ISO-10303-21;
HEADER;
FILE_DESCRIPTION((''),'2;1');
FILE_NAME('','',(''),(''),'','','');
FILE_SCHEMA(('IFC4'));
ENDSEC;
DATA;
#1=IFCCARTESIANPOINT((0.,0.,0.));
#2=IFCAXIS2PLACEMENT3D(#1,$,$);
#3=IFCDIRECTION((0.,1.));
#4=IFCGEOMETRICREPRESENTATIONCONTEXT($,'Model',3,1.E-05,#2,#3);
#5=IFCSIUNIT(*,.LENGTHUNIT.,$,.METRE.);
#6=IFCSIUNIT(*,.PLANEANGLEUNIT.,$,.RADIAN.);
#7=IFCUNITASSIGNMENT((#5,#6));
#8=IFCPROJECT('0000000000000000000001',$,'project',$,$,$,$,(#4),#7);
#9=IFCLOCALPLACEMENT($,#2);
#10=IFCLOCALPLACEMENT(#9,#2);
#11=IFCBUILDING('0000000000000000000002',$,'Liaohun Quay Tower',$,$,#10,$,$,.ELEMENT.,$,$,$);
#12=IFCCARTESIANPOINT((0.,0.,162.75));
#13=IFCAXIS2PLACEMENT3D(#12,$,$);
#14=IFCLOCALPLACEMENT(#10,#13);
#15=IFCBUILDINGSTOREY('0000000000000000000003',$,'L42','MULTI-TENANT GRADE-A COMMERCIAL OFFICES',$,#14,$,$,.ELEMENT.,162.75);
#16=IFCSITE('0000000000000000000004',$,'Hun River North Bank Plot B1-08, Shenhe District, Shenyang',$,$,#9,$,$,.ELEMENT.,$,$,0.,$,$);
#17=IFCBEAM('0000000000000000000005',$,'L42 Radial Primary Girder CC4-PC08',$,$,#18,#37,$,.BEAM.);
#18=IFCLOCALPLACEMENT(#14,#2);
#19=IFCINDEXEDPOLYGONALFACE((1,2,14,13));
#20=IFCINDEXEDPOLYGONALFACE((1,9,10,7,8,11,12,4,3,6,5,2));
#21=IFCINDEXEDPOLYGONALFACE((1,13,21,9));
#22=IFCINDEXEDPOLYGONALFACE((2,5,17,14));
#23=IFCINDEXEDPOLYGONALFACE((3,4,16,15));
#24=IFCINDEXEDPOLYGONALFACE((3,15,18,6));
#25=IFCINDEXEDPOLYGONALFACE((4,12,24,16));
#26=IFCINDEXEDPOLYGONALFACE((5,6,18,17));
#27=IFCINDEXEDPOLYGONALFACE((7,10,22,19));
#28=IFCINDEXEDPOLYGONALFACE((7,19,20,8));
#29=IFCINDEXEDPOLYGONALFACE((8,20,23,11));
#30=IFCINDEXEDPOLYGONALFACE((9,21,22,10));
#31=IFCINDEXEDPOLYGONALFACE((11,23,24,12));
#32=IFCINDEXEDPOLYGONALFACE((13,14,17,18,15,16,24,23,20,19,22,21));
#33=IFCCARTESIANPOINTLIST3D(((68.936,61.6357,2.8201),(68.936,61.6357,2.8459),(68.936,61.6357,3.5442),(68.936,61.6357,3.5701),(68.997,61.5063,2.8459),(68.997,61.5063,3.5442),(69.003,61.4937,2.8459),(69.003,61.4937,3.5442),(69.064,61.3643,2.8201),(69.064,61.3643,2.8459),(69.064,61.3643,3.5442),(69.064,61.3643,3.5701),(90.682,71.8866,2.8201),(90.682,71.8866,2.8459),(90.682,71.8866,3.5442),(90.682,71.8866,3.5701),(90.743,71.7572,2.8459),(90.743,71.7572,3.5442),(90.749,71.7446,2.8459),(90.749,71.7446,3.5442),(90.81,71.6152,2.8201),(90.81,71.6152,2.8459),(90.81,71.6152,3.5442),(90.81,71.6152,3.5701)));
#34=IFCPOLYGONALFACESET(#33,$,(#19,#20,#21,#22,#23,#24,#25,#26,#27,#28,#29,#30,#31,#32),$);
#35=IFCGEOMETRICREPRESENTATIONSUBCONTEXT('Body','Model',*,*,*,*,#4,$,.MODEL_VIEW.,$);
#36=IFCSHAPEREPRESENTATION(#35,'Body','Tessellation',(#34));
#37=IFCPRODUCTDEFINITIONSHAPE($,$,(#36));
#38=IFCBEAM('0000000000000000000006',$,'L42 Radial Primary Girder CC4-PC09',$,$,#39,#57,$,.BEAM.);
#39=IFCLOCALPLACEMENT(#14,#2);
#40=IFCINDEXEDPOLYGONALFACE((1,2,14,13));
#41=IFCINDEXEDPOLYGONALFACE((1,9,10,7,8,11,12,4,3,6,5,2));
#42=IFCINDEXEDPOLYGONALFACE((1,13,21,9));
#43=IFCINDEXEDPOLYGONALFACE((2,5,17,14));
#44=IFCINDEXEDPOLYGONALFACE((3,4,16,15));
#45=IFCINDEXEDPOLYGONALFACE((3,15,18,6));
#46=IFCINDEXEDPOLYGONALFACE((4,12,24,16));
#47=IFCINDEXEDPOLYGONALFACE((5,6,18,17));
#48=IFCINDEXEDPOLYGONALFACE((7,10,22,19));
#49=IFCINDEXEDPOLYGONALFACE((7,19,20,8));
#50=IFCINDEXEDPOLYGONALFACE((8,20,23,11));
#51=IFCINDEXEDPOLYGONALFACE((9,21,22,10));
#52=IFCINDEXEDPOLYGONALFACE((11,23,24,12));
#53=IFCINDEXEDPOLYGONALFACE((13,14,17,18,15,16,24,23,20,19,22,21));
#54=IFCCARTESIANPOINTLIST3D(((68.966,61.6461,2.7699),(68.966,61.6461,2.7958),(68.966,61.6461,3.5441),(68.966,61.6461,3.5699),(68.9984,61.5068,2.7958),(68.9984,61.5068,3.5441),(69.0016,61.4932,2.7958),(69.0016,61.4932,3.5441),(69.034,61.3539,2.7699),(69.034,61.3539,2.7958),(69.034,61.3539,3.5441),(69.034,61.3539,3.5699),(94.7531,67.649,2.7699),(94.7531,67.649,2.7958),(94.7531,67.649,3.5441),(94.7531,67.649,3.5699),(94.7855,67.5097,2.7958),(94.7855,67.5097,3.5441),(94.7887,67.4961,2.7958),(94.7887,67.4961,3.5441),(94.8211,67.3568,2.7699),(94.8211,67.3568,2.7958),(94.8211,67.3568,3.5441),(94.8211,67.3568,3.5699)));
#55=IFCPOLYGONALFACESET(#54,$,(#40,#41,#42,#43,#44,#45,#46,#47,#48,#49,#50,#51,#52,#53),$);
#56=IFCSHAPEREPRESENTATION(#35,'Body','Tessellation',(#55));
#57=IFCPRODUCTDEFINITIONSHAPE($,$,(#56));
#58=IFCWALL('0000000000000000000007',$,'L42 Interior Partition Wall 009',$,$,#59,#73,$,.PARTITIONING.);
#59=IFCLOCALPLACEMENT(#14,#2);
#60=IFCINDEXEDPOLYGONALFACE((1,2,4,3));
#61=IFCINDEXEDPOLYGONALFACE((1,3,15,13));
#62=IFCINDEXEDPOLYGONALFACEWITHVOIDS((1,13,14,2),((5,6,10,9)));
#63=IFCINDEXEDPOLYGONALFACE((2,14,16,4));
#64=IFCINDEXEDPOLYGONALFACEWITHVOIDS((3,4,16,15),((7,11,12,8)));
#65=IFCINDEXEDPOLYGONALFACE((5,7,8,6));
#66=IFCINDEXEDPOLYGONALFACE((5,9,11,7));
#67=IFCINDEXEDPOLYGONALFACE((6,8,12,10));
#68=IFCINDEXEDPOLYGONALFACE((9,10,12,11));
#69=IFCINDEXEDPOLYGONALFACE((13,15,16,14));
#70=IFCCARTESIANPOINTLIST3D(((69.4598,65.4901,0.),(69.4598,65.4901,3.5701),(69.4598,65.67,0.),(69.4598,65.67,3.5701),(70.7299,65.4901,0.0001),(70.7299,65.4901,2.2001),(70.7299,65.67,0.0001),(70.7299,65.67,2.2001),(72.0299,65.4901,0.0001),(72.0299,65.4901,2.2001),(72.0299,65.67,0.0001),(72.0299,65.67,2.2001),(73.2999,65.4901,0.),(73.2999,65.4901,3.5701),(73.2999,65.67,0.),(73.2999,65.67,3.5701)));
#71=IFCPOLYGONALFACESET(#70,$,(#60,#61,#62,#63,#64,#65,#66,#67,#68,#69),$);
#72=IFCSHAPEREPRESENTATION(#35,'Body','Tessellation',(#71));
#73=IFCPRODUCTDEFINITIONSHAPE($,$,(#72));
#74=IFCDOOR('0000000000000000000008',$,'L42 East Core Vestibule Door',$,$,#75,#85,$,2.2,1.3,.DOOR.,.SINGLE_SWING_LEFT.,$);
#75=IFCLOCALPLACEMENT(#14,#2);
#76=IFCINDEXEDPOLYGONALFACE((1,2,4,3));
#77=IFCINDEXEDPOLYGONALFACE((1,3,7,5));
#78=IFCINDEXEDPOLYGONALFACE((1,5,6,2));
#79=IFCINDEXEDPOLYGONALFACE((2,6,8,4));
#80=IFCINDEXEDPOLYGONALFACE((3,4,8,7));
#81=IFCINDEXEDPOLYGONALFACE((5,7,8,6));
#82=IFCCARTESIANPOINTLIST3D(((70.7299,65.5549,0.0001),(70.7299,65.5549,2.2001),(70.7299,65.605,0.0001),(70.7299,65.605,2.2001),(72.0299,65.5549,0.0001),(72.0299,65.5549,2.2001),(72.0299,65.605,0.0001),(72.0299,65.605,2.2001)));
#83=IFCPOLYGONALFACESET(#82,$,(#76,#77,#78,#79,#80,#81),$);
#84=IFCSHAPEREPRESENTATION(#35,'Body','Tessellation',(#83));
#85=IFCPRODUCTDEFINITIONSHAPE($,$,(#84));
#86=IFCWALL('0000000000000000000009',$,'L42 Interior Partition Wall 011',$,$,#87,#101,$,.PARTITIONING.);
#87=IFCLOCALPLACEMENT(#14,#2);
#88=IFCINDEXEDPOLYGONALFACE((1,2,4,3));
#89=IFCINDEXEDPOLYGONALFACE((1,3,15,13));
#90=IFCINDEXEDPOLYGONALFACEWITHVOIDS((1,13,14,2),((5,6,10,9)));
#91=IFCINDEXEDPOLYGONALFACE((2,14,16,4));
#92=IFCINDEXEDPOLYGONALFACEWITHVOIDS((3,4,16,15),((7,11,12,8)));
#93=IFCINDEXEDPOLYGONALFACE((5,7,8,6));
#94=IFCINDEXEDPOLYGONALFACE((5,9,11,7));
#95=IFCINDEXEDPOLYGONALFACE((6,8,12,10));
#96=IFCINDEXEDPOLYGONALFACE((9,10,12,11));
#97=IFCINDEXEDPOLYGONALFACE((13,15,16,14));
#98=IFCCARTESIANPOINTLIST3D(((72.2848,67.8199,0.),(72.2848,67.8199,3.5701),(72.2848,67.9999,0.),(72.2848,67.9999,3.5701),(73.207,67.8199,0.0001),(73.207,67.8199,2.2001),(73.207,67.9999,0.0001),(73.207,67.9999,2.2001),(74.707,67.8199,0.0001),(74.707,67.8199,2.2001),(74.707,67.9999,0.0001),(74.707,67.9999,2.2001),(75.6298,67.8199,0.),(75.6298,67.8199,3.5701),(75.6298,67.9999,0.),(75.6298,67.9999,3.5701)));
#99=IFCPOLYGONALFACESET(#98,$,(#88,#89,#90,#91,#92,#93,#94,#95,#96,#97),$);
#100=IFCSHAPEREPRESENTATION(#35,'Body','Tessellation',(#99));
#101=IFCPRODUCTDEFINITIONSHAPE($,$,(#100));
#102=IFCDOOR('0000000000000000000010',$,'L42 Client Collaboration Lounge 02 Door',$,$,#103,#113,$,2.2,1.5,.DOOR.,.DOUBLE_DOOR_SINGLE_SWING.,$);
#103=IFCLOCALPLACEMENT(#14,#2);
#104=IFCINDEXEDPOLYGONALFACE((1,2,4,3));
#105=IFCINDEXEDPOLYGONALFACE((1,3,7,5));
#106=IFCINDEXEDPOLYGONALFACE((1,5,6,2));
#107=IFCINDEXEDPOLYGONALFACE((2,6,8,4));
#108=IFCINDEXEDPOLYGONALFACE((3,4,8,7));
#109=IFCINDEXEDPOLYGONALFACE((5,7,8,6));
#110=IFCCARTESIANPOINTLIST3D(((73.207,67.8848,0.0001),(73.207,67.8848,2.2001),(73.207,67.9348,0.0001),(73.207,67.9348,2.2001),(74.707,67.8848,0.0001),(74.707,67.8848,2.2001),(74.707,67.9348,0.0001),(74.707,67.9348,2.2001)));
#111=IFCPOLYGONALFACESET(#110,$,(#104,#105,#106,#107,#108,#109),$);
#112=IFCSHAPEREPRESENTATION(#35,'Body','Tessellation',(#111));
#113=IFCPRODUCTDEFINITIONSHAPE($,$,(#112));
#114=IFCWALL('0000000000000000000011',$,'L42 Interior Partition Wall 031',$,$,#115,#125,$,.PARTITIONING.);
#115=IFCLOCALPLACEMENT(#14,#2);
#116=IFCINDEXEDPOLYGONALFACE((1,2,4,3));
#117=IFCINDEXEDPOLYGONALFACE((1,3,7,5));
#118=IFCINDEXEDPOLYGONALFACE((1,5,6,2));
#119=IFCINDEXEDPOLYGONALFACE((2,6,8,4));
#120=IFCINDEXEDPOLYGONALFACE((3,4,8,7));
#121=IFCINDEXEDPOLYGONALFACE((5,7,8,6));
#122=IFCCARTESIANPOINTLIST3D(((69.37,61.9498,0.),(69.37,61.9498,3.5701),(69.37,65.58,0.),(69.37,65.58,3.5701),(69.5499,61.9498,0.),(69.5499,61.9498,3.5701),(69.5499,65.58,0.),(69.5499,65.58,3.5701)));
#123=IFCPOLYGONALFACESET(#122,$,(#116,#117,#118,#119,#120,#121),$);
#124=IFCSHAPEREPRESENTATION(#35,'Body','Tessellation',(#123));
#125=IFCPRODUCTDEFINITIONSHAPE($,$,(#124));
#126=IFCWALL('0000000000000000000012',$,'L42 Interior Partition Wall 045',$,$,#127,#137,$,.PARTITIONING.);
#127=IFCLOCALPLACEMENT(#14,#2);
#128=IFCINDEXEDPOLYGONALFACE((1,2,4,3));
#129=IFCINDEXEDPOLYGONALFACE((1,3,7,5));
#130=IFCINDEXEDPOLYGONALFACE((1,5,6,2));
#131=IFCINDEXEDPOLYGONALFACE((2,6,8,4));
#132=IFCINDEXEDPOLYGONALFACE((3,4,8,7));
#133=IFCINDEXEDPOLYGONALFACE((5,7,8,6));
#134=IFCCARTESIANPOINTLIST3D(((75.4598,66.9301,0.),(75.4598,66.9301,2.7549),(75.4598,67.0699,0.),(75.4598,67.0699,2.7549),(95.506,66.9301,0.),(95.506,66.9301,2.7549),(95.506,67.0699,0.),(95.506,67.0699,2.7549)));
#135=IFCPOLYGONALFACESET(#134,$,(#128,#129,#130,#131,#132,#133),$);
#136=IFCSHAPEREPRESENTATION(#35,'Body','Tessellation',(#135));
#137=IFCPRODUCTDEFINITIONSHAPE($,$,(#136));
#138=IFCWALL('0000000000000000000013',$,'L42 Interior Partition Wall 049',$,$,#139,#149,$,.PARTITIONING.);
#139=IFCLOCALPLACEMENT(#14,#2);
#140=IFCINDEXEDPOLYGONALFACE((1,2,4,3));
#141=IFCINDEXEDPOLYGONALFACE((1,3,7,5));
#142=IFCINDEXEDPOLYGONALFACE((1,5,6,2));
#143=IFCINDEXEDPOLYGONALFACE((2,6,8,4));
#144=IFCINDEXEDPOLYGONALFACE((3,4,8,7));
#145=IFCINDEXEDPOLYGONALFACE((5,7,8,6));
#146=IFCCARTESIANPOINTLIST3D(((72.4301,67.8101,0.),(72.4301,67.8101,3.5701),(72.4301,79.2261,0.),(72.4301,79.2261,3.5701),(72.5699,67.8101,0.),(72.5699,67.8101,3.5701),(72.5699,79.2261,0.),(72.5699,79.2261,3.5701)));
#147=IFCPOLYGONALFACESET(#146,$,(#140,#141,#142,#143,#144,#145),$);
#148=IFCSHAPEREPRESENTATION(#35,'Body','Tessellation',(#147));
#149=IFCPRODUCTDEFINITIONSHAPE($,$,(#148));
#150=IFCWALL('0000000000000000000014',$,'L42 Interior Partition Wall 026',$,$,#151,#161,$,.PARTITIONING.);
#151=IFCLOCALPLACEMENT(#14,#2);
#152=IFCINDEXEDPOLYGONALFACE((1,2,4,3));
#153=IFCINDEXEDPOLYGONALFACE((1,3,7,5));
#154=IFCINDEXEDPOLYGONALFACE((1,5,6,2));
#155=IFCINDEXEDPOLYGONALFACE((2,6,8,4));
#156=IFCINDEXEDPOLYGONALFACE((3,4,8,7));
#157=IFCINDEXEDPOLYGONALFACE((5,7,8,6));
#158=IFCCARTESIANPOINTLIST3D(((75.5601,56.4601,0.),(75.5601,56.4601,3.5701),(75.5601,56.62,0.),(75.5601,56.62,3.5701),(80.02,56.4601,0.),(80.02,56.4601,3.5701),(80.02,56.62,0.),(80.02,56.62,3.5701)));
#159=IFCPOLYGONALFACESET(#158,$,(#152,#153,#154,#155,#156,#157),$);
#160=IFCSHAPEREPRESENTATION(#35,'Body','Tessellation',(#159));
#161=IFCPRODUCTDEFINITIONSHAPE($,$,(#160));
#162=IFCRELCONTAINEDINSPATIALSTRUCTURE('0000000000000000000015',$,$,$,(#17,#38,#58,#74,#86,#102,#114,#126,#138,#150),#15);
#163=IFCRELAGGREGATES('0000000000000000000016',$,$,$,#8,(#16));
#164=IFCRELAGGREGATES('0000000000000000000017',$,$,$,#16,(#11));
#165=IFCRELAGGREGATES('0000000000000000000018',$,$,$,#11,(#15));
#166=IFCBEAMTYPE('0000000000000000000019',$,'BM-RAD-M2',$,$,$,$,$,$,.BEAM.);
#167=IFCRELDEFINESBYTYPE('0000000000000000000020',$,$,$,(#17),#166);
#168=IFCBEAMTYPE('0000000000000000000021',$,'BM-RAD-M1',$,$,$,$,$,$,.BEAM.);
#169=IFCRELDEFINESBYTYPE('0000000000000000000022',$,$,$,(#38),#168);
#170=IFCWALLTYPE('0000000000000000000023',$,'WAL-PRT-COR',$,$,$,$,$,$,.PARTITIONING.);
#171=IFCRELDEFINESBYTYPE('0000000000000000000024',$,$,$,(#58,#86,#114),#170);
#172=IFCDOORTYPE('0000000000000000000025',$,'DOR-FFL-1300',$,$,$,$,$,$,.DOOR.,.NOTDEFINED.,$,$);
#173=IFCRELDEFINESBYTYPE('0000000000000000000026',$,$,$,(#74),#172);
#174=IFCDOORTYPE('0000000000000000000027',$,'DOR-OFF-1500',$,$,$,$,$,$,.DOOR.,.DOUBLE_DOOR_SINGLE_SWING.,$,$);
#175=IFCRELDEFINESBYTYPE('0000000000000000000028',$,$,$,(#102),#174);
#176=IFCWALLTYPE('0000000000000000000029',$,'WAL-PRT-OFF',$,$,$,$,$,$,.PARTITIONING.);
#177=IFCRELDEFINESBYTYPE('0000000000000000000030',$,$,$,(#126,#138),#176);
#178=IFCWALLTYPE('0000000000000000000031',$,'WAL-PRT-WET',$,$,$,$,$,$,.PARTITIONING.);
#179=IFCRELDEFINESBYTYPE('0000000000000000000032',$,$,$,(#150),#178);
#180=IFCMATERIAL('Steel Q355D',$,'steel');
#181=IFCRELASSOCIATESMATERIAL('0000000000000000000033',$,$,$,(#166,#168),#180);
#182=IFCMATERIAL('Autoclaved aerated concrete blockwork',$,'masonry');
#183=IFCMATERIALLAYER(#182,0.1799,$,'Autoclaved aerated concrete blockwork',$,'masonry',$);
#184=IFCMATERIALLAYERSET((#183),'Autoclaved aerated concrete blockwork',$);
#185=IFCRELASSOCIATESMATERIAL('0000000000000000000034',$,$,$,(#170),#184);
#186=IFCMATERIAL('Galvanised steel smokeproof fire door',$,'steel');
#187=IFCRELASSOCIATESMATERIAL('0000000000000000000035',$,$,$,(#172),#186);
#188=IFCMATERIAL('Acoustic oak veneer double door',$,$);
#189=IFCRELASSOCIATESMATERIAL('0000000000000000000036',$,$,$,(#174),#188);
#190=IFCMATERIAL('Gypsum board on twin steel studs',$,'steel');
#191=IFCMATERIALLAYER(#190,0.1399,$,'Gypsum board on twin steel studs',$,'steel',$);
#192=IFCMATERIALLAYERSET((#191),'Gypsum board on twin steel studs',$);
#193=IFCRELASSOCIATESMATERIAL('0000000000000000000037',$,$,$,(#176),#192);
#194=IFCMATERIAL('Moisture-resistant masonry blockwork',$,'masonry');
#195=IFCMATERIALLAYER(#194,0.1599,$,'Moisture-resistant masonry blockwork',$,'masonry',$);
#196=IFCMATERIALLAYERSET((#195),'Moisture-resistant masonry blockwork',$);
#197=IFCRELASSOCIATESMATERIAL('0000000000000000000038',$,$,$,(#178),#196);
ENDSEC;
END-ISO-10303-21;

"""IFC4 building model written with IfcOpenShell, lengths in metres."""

from ifc_helpers import new_model, si_unit, direction, frame, frame_2d, origin, origin_2d, place, context, subcontext, project, spatial, rectangle, i_section, extrude, source, transform, mapped, material, layer, layer_set, material_profile, profile_set, type_object, element, fill, save


model = new_model("IFC4")

# Units and contexts
model_context = context("Model", 3, precision=1e-05, world=origin(), true_north=direction((0.0, 1.0)))
body_context = subcontext(model_context, "Body", "Model", "MODEL_VIEW")
ifc_project = project(units=[si_unit("LENGTHUNIT", "METRE"), si_unit("PLANEANGLEUNIT", "RADIAN")], contexts=[model_context])

# Site, building, storey
site_placement = place(None, origin())
site = spatial("IfcSite", under=ifc_project, at=site_placement, Name="Hun River North Bank Plot B1-08, Shenhe District, Shenyang", CompositionType="ELEMENT", RefElevation=0.0)
building_placement = place(site_placement, origin())
building = spatial("IfcBuilding", under=site, at=building_placement, Name="Liaohun Quay Tower", CompositionType="ELEMENT")
storey_placement = place(building_placement, frame((0.0, 0.0, 162.75)))
storey = spatial("IfcBuildingStorey", under=building, at=storey_placement, Name="L42", Description="MULTI-TENANT GRADE-A COMMERCIAL OFFICES", CompositionType="ELEMENT", Elevation=162.75)

# Beams
ifc_material_1 = material(Name="Steel Q355D", Category="steel")
ifc_material_profile_1 = material_profile(ifc_material_1, i_section(OverallWidth=0.3, OverallDepth=0.75, WebThickness=0.0139, FlangeThickness=0.0259, at=origin_2d()), Name="HN750x300x14x26")
ifc_profile_set_1 = profile_set([ifc_material_profile_1], Name="Steel Q355D")
beam_type_1 = type_object("IfcBeamType", Name="BM-RAD-M2", PredefinedType="BEAM", material=ifc_profile_set_1)
shared_shape_1 = source(origin(), body_context, "Body", "SweptSolid", [
    extrude(i_section(OverallWidth=0.3, OverallDepth=0.75, WebThickness=0.0139, FlangeThickness=0.0259, at=origin_2d()), origin(), (0.0, 0.0, 1.0), 24.041),
])
beam_1_placement = place(storey_placement, frame((69.0, 61.5, 3.1951), z_axis=(0.904538, 0.426394, 0.0), x_axis=(-0.426394, 0.904538, 0.0)))
element("IfcBeam", 1, at=beam_1_placement, inside=storey, type_object=beam_type_1, Name="L42 Radial Primary Girder CC4-PC08", PredefinedType="BEAM", context=body_context, shape_type="MappedRepresentation", body=[
    mapped(shared_shape_1, transform((0.0, 0.0, 0.0), x_axis=(1.0, 0.0, 0.0), y_axis=(0.0, 1.0, 0.0), z_axis=(0.0, 0.0, 1.0), scale=1.0)),
])
ifc_material_profile_2 = material_profile(ifc_material_1, i_section(OverallWidth=0.3, OverallDepth=0.8, WebThickness=0.0139, FlangeThickness=0.0259, at=origin_2d()), Name="HN800x300x14x26")
ifc_profile_set_2 = profile_set([ifc_material_profile_2], Name="Steel Q355D")
beam_type_2 = type_object("IfcBeamType", Name="BM-RAD-M1", PredefinedType="BEAM", material=ifc_profile_set_2)
shared_shape_2 = source(origin(), body_context, "Body", "SweptSolid", [
    extrude(i_section(OverallWidth=0.3, OverallDepth=0.8, WebThickness=0.0139, FlangeThickness=0.0259, at=origin_2d()), origin(), (0.0, 0.0, 1.0), 26.4766),
])
beam_2_placement = place(storey_placement, frame((69.0, 61.5, 3.1699), z_axis=(0.973959, 0.226726, 0.0), x_axis=(-0.226726, 0.973959, 0.0)))
element("IfcBeam", 2, at=beam_2_placement, inside=storey, type_object=beam_type_2, Name="L42 Radial Primary Girder CC4-PC09", PredefinedType="BEAM", context=body_context, shape_type="MappedRepresentation", body=[
    mapped(shared_shape_2, transform((0.0, 0.0, 0.0), x_axis=(1.0, 0.0, 0.0), y_axis=(0.0, 1.0, 0.0), z_axis=(0.0, 0.0, 1.0), scale=1.0)),
])

# Walls, openings, doors
ifc_material_2 = material(Name="Autoclaved aerated concrete blockwork", Category="masonry")
ifc_layer_1 = layer(ifc_material_2, 0.1799, Name="Autoclaved aerated concrete blockwork", Category="masonry")
ifc_layer_set_1 = layer_set([ifc_layer_1], Name="Autoclaved aerated concrete blockwork")
wall_type_1 = type_object("IfcWallType", Name="WAL-PRT-COR", PredefinedType="PARTITIONING", material=ifc_layer_set_1)
wall_1_placement = place(storey_placement, frame((69.46, 65.5801, 0.0), z_axis=(0.0, 0.0, 1.0), x_axis=(1.0, 0.0, 0.0)))
wall_1 = element("IfcWall", 3, at=wall_1_placement, inside=storey, type_object=wall_type_1, Name="L42 Interior Partition Wall 009", PredefinedType="PARTITIONING", context=body_context, shape_type="SweptSolid", body=[
    extrude(rectangle(XDim=3.8401, YDim=0.1799, at=frame_2d((1.9199, 0.0))), origin(), (0.0, 0.0, 1.0), 3.5701),
])
shared_shape_3 = source(origin(), body_context, "Body", "SweptSolid", [
    extrude(rectangle(XDim=1.3, YDim=2.2, at=frame_2d((0.6499, 1.1001))), frame((0.0, 0.0999, 0.0), z_axis=(0.0, -1.0, 0.0), x_axis=(1.0, 0.0, 0.0)), (0.0, 0.0, 1.0), 0.2),
])
opening_1_placement = place(wall_1_placement, frame((1.27, 0.0, 0.0)))
opening_1 = element("IfcOpeningElement", 4, at=opening_1_placement, cuts=wall_1, PredefinedType="OPENING", context=body_context, shape_type="MappedRepresentation", body=[
    mapped(shared_shape_3, transform((0.0, 0.0, 0.0), x_axis=(1.0, 0.0, 0.0), y_axis=(0.0, 1.0, 0.0), z_axis=(0.0, 0.0, 1.0), scale=1.0)),
])
ifc_material_3 = material(Name="Galvanised steel smokeproof fire door", Category="steel")
door_type_1 = type_object("IfcDoorType", Name="DOR-FFL-1300", OperationType="NOTDEFINED", PredefinedType="DOOR", material=ifc_material_3)
shared_shape_4 = source(origin(), body_context, "Body", "SweptSolid", [
    extrude(rectangle(XDim=1.3, YDim=2.2, at=frame_2d((0.6499, 1.1001))), frame((0.0, 0.0249, 0.0), z_axis=(0.0, -1.0, 0.0), x_axis=(1.0, 0.0, 0.0)), (0.0, 0.0, 1.0), 0.05),
])
door_1_placement = place(opening_1_placement, origin())
door_1 = element("IfcDoor", 5, at=door_1_placement, inside=storey, type_object=door_type_1, Name="L42 East Core Vestibule Door", OperationType="SINGLE_SWING_LEFT", OverallHeight=2.2, OverallWidth=1.3, PredefinedType="DOOR", context=body_context, shape_type="MappedRepresentation", body=[
    mapped(shared_shape_4, transform((0.0, 0.0, 0.0), x_axis=(1.0, 0.0, 0.0), y_axis=(0.0, 1.0, 0.0), z_axis=(0.0, 0.0, 1.0), scale=1.0)),
])
fill(opening_1, door_1)
wall_2_placement = place(storey_placement, frame((72.2849, 67.9099, 0.0), z_axis=(0.0, 0.0, 1.0), x_axis=(1.0, 0.0, 0.0)))
wall_2 = element("IfcWall", 6, at=wall_2_placement, inside=storey, type_object=wall_type_1, Name="L42 Interior Partition Wall 011", PredefinedType="PARTITIONING", context=body_context, shape_type="SweptSolid", body=[
    extrude(rectangle(XDim=3.345, YDim=0.1799, at=frame_2d((1.6724, 0.0))), origin(), (0.0, 0.0, 1.0), 3.5701),
])
shared_shape_5 = source(origin(), body_context, "Body", "SweptSolid", [
    extrude(rectangle(XDim=1.5, YDim=2.2, at=frame_2d((0.75, 1.1001))), frame((0.0, 0.0999, 0.0), z_axis=(0.0, -1.0, 0.0), x_axis=(1.0, 0.0, 0.0)), (0.0, 0.0, 1.0), 0.2),
])
opening_2_placement = place(wall_2_placement, frame((0.9221, 0.0, 0.0)))
opening_2 = element("IfcOpeningElement", 7, at=opening_2_placement, cuts=wall_2, PredefinedType="OPENING", context=body_context, shape_type="MappedRepresentation", body=[
    mapped(shared_shape_5, transform((0.0, 0.0, 0.0), x_axis=(1.0, 0.0, 0.0), y_axis=(0.0, 1.0, 0.0), z_axis=(0.0, 0.0, 1.0), scale=1.0)),
])
ifc_material_4 = material(Name="Acoustic oak veneer double door")
door_type_2 = type_object("IfcDoorType", Name="DOR-OFF-1500", OperationType="DOUBLE_DOOR_SINGLE_SWING", PredefinedType="DOOR", material=ifc_material_4)
shared_shape_6 = source(origin(), body_context, "Body", "SweptSolid", [
    extrude(rectangle(XDim=1.5, YDim=2.2, at=frame_2d((0.75, 1.1001))), frame((0.0, 0.0249, 0.0), z_axis=(0.0, -1.0, 0.0), x_axis=(1.0, 0.0, 0.0)), (0.0, 0.0, 1.0), 0.05),
])
door_2_placement = place(opening_2_placement, origin())
door_2 = element("IfcDoor", 8, at=door_2_placement, inside=storey, type_object=door_type_2, Name="L42 Client Collaboration Lounge 02 Door", OperationType="DOUBLE_DOOR_SINGLE_SWING", OverallHeight=2.2, OverallWidth=1.5, PredefinedType="DOOR", context=body_context, shape_type="MappedRepresentation", body=[
    mapped(shared_shape_6, transform((0.0, 0.0, 0.0), x_axis=(1.0, 0.0, 0.0), y_axis=(0.0, 1.0, 0.0), z_axis=(0.0, 0.0, 1.0), scale=1.0)),
])
fill(opening_2, door_2)

# Walls
wall_3_placement = place(storey_placement, frame((69.46, 61.95, 0.0), z_axis=(0.0, 0.0, 1.0), x_axis=(0.0, 1.0, 0.0)))
element("IfcWall", 9, at=wall_3_placement, inside=storey, type_object=wall_type_1, Name="L42 Interior Partition Wall 031", PredefinedType="PARTITIONING", context=body_context, shape_type="SweptSolid", body=[
    extrude(rectangle(XDim=3.6301, YDim=0.1799, at=frame_2d((1.8149, 0.0))), origin(), (0.0, 0.0, 1.0), 3.5701),
])
ifc_material_5 = material(Name="Gypsum board on twin steel studs", Category="steel")
ifc_layer_2 = layer(ifc_material_5, 0.1399, Name="Gypsum board on twin steel studs", Category="steel")
ifc_layer_set_2 = layer_set([ifc_layer_2], Name="Gypsum board on twin steel studs")
wall_type_2 = type_object("IfcWallType", Name="WAL-PRT-OFF", PredefinedType="PARTITIONING", material=ifc_layer_set_2)
wall_4_placement = place(storey_placement, frame((75.46, 67.0, 0.0), z_axis=(0.0, 0.0, 1.0), x_axis=(1.0, 0.0, 0.0)))
element("IfcWall", 10, at=wall_4_placement, inside=storey, type_object=wall_type_2, Name="L42 Interior Partition Wall 045", PredefinedType="PARTITIONING", context=body_context, shape_type="SweptSolid", body=[
    extrude(rectangle(XDim=20.0461, YDim=0.1399, at=frame_2d((10.0229, 0.0))), origin(), (0.0, 0.0, 1.0), 2.7549),
])
wall_5_placement = place(storey_placement, frame((72.5, 67.8101, 0.0), z_axis=(0.0, 0.0, 1.0), x_axis=(0.0, 1.0, 0.0)))
element("IfcWall", 11, at=wall_5_placement, inside=storey, type_object=wall_type_2, Name="L42 Interior Partition Wall 049", PredefinedType="PARTITIONING", context=body_context, shape_type="SweptSolid", body=[
    extrude(rectangle(XDim=11.416, YDim=0.1399, at=frame_2d((5.708, 0.0))), origin(), (0.0, 0.0, 1.0), 3.5701),
])

# Shared definitions
ifc_material_6 = material(Name="Moisture-resistant masonry blockwork", Category="masonry")
ifc_layer_3 = layer(ifc_material_6, 0.1599, Name="Moisture-resistant masonry blockwork", Category="masonry")
ifc_layer_set_3 = layer_set([ifc_layer_3], Name="Moisture-resistant masonry blockwork")
wall_type_3 = type_object("IfcWallType", Name="WAL-PRT-WET", PredefinedType="PARTITIONING", material=ifc_layer_set_3)

# Wall
for number, where, z_axis, x_axis, name in (
    (12, (75.5601, 56.54, 0.0), (0.0, 0.0, 1.0), (1.0, 0.0, 0.0), "L42 Interior Partition Wall 026"),
):
    element("IfcWall", number, at=place(storey_placement, frame(where, z_axis=z_axis, x_axis=x_axis)), inside=storey, type_object=wall_type_3, Name=name, PredefinedType="PARTITIONING", context=body_context, shape_type="SweptSolid", body=[
        extrude(rectangle(XDim=4.46, YDim=0.1599, at=frame_2d((2.23, 0.0))), origin(), (0.0, 0.0, 1.0), 3.5701),
    ])

save(model, "model.ifc")
